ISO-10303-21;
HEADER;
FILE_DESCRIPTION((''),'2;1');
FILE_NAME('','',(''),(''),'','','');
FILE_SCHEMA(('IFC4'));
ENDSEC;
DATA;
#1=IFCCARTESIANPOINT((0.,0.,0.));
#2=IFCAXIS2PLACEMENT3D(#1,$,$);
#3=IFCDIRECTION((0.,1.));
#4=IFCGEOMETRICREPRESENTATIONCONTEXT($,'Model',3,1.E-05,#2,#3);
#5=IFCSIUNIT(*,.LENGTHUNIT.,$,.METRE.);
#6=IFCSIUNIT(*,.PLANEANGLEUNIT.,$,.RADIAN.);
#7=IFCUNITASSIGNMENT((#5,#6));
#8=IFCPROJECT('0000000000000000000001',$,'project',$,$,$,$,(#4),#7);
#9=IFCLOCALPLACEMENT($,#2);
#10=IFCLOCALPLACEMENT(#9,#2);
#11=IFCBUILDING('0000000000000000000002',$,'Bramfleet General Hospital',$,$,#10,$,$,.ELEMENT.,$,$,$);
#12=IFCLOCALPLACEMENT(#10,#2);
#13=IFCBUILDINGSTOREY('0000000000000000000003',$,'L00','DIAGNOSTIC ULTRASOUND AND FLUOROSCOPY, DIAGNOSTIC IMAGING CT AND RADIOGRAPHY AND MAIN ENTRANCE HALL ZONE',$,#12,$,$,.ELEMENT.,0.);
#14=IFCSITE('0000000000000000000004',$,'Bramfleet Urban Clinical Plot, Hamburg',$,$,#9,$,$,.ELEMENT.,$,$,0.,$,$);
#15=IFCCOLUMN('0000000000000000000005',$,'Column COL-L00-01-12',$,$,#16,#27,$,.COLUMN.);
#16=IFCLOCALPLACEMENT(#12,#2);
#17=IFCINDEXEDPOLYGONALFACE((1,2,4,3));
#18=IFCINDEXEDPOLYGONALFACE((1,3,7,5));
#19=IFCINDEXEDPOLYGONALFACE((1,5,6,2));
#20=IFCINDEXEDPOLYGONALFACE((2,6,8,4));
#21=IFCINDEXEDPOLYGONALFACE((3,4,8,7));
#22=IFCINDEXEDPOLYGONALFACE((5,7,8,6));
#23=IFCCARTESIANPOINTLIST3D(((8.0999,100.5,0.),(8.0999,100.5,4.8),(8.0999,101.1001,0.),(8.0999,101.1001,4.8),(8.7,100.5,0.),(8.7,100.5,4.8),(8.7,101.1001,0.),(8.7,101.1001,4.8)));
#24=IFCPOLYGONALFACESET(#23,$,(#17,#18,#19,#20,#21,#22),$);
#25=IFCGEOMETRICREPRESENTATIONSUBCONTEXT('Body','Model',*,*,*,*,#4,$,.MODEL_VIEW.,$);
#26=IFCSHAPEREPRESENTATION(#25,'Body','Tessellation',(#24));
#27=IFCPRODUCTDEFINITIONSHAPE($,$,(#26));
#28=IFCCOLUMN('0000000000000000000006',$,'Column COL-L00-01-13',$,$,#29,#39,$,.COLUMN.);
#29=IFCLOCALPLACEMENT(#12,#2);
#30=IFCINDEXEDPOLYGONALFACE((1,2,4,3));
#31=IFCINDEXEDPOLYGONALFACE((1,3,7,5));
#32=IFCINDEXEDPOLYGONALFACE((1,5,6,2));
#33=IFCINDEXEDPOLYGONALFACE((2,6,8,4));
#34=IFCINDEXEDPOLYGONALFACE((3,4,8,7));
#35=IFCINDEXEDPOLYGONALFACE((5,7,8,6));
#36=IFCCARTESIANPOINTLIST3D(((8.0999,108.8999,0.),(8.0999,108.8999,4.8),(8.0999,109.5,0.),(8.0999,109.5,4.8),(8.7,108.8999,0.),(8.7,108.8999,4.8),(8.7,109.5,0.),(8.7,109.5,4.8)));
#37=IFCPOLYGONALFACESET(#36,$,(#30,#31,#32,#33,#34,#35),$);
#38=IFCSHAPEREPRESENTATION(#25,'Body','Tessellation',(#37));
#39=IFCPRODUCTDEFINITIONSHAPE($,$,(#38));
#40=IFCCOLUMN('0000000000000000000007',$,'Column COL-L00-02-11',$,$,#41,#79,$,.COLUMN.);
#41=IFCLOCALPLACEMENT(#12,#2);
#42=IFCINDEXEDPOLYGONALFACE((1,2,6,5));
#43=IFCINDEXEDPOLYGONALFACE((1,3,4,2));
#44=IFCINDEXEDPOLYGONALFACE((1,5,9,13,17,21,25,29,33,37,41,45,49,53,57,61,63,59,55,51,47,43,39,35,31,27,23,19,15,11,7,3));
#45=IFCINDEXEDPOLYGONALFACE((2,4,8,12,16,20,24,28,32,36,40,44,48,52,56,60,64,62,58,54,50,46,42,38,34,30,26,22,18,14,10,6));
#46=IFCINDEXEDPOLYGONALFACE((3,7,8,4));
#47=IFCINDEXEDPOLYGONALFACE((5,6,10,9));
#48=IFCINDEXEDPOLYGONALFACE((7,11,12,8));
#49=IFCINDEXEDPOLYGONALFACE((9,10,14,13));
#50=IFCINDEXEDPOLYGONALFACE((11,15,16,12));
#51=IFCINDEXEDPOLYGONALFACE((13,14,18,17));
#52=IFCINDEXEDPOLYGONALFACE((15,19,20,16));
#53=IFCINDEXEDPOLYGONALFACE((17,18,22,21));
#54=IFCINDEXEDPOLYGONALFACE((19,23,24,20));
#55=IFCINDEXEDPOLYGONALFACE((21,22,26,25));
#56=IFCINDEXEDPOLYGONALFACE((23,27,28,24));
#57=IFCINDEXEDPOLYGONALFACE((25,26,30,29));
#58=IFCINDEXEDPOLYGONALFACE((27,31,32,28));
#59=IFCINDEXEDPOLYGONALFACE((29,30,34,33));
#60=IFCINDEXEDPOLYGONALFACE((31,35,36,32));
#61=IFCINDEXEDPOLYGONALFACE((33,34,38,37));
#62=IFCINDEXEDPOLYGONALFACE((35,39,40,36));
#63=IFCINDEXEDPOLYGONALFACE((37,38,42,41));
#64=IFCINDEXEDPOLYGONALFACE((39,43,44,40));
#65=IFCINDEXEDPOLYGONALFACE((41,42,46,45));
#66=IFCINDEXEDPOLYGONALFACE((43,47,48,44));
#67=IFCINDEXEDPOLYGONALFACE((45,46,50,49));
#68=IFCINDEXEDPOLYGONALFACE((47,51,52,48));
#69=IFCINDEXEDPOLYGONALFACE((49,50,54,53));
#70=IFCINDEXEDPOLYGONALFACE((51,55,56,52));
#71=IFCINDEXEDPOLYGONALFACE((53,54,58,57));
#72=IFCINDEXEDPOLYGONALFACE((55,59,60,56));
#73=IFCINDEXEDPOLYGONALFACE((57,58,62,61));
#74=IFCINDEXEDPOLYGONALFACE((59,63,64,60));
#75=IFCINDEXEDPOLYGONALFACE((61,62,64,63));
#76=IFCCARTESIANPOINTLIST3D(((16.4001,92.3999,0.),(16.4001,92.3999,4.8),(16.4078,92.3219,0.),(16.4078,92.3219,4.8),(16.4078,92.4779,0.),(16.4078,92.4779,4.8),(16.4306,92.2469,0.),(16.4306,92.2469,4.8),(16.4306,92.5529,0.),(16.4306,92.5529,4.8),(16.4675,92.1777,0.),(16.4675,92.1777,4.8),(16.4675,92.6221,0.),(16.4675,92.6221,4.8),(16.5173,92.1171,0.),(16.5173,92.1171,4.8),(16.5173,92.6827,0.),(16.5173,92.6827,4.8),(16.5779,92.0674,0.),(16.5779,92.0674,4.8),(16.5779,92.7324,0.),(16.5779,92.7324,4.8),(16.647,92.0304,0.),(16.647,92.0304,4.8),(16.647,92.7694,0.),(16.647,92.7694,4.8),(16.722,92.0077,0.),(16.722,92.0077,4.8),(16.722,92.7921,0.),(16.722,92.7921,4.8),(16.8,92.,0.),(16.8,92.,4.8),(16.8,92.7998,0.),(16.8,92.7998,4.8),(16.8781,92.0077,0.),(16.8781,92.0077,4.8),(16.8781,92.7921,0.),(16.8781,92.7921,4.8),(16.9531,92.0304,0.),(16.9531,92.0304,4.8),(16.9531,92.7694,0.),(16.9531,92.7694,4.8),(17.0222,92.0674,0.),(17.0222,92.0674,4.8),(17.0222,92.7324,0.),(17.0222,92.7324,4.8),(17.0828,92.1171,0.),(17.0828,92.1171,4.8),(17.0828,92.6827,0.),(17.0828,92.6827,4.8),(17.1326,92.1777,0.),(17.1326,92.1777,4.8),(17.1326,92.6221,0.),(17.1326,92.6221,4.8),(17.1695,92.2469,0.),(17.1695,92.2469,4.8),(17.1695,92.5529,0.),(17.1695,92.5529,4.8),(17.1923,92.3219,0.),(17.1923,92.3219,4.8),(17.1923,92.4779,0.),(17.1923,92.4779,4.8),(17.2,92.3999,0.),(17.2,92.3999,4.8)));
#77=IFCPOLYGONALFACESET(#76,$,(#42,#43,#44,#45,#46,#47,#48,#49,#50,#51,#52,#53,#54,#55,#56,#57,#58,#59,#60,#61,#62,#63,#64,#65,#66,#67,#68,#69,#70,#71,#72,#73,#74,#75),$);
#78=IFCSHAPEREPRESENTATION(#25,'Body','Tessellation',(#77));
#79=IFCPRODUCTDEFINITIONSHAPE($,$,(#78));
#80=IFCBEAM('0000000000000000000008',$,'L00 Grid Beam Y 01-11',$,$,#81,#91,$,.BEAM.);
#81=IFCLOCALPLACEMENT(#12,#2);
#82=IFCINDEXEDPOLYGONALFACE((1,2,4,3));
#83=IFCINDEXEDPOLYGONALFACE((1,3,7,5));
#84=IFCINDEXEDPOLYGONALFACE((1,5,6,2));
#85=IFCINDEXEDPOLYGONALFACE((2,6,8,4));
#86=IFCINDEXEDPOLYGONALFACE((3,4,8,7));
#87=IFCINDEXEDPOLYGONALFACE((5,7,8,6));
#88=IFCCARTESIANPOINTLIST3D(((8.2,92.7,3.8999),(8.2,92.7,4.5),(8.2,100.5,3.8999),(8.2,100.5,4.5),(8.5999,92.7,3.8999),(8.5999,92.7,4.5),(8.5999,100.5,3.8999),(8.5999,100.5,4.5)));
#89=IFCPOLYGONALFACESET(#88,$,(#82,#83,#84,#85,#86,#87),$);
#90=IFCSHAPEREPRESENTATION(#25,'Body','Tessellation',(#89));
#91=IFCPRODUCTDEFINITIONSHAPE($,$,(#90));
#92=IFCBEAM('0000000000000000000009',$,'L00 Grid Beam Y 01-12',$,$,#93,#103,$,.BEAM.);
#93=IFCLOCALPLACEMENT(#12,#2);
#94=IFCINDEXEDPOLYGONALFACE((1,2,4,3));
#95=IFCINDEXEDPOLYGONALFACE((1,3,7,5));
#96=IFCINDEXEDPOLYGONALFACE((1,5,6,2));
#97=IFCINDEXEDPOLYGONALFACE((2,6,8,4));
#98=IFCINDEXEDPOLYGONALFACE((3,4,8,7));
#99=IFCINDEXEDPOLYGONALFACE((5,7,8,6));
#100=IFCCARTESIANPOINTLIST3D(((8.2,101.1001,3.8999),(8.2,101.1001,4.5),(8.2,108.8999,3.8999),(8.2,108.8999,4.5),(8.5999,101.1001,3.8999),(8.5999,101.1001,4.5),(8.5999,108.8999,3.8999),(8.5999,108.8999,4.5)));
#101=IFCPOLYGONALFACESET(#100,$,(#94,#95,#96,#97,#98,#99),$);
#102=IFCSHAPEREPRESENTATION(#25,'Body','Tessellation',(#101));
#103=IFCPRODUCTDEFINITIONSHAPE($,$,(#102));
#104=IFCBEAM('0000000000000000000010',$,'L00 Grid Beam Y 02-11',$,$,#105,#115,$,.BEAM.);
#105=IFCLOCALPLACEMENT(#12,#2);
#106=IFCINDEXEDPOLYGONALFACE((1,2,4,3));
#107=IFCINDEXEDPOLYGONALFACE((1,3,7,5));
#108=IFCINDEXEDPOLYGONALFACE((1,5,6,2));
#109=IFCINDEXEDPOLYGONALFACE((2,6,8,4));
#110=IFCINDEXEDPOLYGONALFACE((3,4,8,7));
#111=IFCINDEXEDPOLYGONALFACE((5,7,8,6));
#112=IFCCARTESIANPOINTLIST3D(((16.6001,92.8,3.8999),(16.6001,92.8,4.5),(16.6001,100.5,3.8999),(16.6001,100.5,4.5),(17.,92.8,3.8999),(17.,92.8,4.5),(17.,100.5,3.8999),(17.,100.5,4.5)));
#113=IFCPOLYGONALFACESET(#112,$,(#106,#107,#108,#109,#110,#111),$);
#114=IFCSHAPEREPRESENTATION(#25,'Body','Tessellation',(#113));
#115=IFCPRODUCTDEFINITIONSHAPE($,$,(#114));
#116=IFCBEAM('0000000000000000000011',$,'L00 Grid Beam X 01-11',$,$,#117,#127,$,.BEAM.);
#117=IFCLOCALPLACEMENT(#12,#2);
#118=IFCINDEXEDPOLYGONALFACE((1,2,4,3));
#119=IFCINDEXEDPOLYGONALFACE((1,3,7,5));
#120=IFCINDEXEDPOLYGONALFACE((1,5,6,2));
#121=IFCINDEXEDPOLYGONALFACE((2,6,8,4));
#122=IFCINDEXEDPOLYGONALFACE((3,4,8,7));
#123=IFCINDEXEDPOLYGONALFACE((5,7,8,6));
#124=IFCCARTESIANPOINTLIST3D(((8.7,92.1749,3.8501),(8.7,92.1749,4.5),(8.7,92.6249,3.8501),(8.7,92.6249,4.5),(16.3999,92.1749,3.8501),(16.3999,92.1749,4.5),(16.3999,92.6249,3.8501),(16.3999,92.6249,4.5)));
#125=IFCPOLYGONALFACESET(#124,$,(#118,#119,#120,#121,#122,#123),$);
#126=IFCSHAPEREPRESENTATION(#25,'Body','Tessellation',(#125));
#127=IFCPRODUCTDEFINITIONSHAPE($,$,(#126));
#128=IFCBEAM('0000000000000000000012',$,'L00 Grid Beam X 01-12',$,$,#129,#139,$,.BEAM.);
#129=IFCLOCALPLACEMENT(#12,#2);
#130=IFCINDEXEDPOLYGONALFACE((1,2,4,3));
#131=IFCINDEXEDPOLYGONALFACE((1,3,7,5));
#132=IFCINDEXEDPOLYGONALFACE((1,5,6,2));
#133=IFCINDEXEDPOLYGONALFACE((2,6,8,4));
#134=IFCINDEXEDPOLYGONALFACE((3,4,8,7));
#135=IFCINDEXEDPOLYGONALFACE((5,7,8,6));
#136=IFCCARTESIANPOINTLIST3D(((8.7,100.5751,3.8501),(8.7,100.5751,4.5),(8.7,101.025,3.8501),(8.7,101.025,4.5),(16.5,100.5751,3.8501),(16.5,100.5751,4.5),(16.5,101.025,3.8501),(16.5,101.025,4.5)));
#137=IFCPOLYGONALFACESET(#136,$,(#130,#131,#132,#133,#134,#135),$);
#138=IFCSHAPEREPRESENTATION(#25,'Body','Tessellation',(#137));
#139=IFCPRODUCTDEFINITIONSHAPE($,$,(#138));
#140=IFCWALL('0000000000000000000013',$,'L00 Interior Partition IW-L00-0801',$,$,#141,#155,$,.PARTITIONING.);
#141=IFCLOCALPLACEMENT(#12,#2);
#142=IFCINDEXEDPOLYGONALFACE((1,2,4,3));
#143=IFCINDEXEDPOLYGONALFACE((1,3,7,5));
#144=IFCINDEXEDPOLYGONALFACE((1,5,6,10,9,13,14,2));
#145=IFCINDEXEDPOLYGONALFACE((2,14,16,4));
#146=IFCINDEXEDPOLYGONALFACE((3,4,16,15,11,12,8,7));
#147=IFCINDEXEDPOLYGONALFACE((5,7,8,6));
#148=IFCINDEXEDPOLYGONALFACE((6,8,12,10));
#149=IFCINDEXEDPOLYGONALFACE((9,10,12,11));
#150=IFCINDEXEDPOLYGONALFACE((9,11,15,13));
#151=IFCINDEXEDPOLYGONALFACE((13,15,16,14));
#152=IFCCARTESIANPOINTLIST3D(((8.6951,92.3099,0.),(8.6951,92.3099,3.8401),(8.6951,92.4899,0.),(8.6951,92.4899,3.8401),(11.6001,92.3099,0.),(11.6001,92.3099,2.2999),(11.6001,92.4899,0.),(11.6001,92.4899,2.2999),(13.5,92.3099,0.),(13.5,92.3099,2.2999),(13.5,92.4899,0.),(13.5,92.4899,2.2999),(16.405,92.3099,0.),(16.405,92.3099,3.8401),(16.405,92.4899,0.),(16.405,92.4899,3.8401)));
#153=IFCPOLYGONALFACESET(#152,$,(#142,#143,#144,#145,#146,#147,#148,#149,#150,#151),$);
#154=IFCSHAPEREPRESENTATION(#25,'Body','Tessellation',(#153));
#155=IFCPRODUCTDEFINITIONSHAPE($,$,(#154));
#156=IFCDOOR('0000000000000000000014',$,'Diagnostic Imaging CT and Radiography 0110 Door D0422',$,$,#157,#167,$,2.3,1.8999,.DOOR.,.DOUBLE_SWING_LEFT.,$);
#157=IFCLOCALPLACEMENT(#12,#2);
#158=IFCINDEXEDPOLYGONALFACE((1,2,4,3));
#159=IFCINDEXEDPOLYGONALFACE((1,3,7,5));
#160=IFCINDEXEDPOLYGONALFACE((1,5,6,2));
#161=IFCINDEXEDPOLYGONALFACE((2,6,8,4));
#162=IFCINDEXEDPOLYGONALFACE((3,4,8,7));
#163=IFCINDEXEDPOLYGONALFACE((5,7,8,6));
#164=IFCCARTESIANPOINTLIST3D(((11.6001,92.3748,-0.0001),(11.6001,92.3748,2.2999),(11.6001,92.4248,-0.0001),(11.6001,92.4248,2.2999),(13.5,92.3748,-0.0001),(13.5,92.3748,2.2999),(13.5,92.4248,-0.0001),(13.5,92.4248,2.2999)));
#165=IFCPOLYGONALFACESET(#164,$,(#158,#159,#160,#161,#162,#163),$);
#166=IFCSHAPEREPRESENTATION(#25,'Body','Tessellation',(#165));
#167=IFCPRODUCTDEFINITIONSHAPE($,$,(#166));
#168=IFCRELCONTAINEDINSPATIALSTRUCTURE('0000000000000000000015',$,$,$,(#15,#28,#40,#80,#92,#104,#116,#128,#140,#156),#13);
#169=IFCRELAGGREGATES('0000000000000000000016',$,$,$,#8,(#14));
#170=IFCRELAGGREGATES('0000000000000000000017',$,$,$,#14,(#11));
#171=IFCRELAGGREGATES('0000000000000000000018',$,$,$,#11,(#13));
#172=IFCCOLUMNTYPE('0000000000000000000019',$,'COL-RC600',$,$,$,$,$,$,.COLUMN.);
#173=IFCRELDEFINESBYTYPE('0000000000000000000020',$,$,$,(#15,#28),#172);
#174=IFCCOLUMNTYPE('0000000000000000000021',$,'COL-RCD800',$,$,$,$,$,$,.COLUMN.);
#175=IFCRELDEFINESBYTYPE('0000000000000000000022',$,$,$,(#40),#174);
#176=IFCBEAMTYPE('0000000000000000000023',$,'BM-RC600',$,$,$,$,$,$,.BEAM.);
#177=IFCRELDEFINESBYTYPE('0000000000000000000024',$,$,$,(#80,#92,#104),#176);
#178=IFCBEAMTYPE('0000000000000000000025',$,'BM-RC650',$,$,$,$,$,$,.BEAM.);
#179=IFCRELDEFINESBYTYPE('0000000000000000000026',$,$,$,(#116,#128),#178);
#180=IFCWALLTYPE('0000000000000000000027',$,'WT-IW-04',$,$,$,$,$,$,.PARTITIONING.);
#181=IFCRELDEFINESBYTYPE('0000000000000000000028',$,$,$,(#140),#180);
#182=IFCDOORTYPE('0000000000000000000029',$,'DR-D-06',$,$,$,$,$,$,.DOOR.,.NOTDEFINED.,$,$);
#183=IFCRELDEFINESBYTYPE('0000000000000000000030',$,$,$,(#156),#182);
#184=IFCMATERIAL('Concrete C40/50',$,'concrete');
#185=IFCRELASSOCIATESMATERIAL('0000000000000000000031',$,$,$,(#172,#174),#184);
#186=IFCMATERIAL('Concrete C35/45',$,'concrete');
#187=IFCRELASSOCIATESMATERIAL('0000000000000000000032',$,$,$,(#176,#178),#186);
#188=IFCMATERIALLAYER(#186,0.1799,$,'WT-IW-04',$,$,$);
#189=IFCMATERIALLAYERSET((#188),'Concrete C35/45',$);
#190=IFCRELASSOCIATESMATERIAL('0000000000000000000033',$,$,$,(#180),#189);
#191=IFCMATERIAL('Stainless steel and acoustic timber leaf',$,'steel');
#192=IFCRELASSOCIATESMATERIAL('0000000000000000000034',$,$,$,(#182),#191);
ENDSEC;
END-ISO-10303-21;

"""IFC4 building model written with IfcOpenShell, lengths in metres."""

from ifc_helpers import new_model, si_unit, direction, frame, frame_2d, origin, origin_2d, place, context, subcontext, project, spatial, rectangle, circle, extrude, material, layer, layer_set, material_profile, profile_set, type_object, element, fill, save


model = new_model("IFC4")

# Units and contexts
model_context = context("Model", 3, precision=1e-05, world=origin(), true_north=direction((0.0, 1.0)))
body_context = subcontext(model_context, "Body", "Model", "MODEL_VIEW")
ifc_project = project(units=[si_unit("LENGTHUNIT", "METRE"), si_unit("PLANEANGLEUNIT", "RADIAN")], contexts=[model_context])

# Site, building, storey
site_placement = place(None, origin())
site = spatial("IfcSite", under=ifc_project, at=site_placement, Name="Bramfleet Urban Clinical Plot, Hamburg", CompositionType="ELEMENT", RefElevation=0.0)
building_placement = place(site_placement, origin())
building = spatial("IfcBuilding", under=site, at=building_placement, Name="Bramfleet General Hospital", CompositionType="ELEMENT")
storey_placement = place(building_placement, origin())
storey = spatial("IfcBuildingStorey", under=building, at=storey_placement, Name="L00", Description="DIAGNOSTIC ULTRASOUND AND FLUOROSCOPY, DIAGNOSTIC IMAGING CT AND RADIOGRAPHY AND MAIN ENTRANCE HALL ZONE", CompositionType="ELEMENT", Elevation=0.0)

# Columns
ifc_material_1 = material(Name="Concrete C40/50", Category="concrete")
ifc_material_profile_1 = material_profile(ifc_material_1, rectangle(XDim=0.6001, YDim=0.6001, at=origin_2d()), Name="RC COL 600x600")
ifc_profile_set_1 = profile_set([ifc_material_profile_1], Name="Concrete C40/50")
column_type_1 = type_object("IfcColumnType", Name="COL-RC600", PredefinedType="COLUMN", material=ifc_profile_set_1)
for number, where, z_axis, x_axis, name in (
    (1, (8.3999, 100.8, 0.0), (0.0, 0.0, 1.0), (1.0, 0.0, 0.0), "Column COL-L00-01-12"),
    (2, (8.3999, 109.2, 0.0), (0.0, 0.0, 1.0), (1.0, 0.0, 0.0), "Column COL-L00-01-13"),
):
    element("IfcColumn", number, at=place(storey_placement, frame(where, z_axis=z_axis, x_axis=x_axis)), inside=storey, type_object=column_type_1, Name=name, PredefinedType="COLUMN", context=body_context, shape_type="SweptSolid", body=[
        extrude(rectangle(XDim=0.6001, YDim=0.6001, at=origin_2d()), origin(), (0.0, 0.0, 1.0), 4.8),
    ])
ifc_material_profile_2 = material_profile(ifc_material_1, circle(Radius=0.3999, at=origin_2d()), Name="RC ROUND D800")
ifc_profile_set_2 = profile_set([ifc_material_profile_2], Name="Concrete C40/50")
column_type_2 = type_object("IfcColumnType", Name="COL-RCD800", PredefinedType="COLUMN", material=ifc_profile_set_2)
column_placement = place(storey_placement, frame((16.8, 92.3999, 0.0), z_axis=(0.0, 0.0, 1.0), x_axis=(1.0, 0.0, 0.0)))
element("IfcColumn", 3, at=column_placement, inside=storey, type_object=column_type_2, Name="Column COL-L00-02-11", PredefinedType="COLUMN", context=body_context, shape_type="SweptSolid", body=[
    extrude(circle(Radius=0.3999, at=origin_2d()), origin(), (0.0, 0.0, 1.0), 4.8),
])

# Beams
ifc_material_2 = material(Name="Concrete C35/45", Category="concrete")
ifc_material_profile_3 = material_profile(ifc_material_2, rectangle(XDim=0.3999, YDim=0.6001, at=origin_2d()), Name="RC BM 600x400")
ifc_profile_set_3 = profile_set([ifc_material_profile_3], Name="Concrete C35/45")
beam_type_1 = type_object("IfcBeamType", Name="BM-RC600", PredefinedType="BEAM", material=ifc_profile_set_3)
beam_1_placement = place(storey_placement, frame((8.3999, 92.7, 4.2), z_axis=(0.0, 1.0, 0.0), x_axis=(-1.0, 0.0, 0.0)))
element("IfcBeam", 4, at=beam_1_placement, inside=storey, type_object=beam_type_1, Name="L00 Grid Beam Y 01-11", PredefinedType="BEAM", context=body_context, shape_type="SweptSolid", body=[
    extrude(rectangle(XDim=0.3999, YDim=0.6001, at=origin_2d()), origin(), (0.0, 0.0, 1.0), 7.8),
])
beam_2_placement = place(storey_placement, frame((8.3999, 101.1001, 4.2), z_axis=(0.0, 1.0, 0.0), x_axis=(-1.0, 0.0, 0.0)))
element("IfcBeam", 5, at=beam_2_placement, inside=storey, type_object=beam_type_1, Name="L00 Grid Beam Y 01-12", PredefinedType="BEAM", context=body_context, shape_type="SweptSolid", body=[
    extrude(rectangle(XDim=0.3999, YDim=0.6001, at=origin_2d()), origin(), (0.0, 0.0, 1.0), 7.7998),
])
beam_3_placement = place(storey_placement, frame((16.8, 92.8, 4.2), z_axis=(0.0, 1.0, 0.0), x_axis=(-1.0, 0.0, 0.0)))
element("IfcBeam", 6, at=beam_3_placement, inside=storey, type_object=beam_type_1, Name="L00 Grid Beam Y 02-11", PredefinedType="BEAM", context=body_context, shape_type="SweptSolid", body=[
    extrude(rectangle(XDim=0.3999, YDim=0.6001, at=origin_2d()), origin(), (0.0, 0.0, 1.0), 7.7),
])
ifc_material_profile_4 = material_profile(ifc_material_2, rectangle(XDim=0.45, YDim=0.6499, at=origin_2d()), Name="RC BM 650x450")
ifc_profile_set_4 = profile_set([ifc_material_profile_4], Name="Concrete C35/45")
beam_type_2 = type_object("IfcBeamType", Name="BM-RC650", PredefinedType="BEAM", material=ifc_profile_set_4)
beam_4_placement = place(storey_placement, frame((8.7, 92.3999, 4.175), z_axis=(1.0, 0.0, 0.0), x_axis=(0.0, 1.0, 0.0)))
element("IfcBeam", 7, at=beam_4_placement, inside=storey, type_object=beam_type_2, Name="L00 Grid Beam X 01-11", PredefinedType="BEAM", context=body_context, shape_type="SweptSolid", body=[
    extrude(rectangle(XDim=0.45, YDim=0.6499, at=origin_2d()), origin(), (0.0, 0.0, 1.0), 7.7),
])
beam_5_placement = place(storey_placement, frame((8.7, 100.8, 4.175), z_axis=(1.0, 0.0, 0.0), x_axis=(0.0, 1.0, 0.0)))
element("IfcBeam", 8, at=beam_5_placement, inside=storey, type_object=beam_type_2, Name="L00 Grid Beam X 01-12", PredefinedType="BEAM", context=body_context, shape_type="SweptSolid", body=[
    extrude(rectangle(XDim=0.45, YDim=0.6499, at=origin_2d()), origin(), (0.0, 0.0, 1.0), 7.8),
])

# Wall, opening, door
ifc_layer = layer(ifc_material_2, 0.1799, Name="WT-IW-04")
ifc_layer_set = layer_set([ifc_layer], Name="Concrete C35/45")
wall_type = type_object("IfcWallType", Name="WT-IW-04", PredefinedType="PARTITIONING", material=ifc_layer_set)
wall_1_placement = place(storey_placement, frame((8.6951, 92.3999, 0.0), z_axis=(0.0, 0.0, 1.0), x_axis=(1.0, 0.0, 0.0)))
wall_1 = element("IfcWall", 9, at=wall_1_placement, inside=storey, type_object=wall_type, Name="L00 Interior Partition IW-L00-0801", PredefinedType="PARTITIONING", context=body_context, shape_type="SweptSolid", body=[
    extrude(rectangle(XDim=7.71, YDim=0.1799, at=frame_2d((3.855, 0.0))), origin(), (0.0, 0.0, 1.0), 3.8401),
])
opening_1_placement = place(wall_1_placement, frame((2.905, 0.0, 0.0)))
opening_1 = element("IfcOpeningElement", 10, at=opening_1_placement, cuts=wall_1, PredefinedType="OPENING", context=body_context, shape_type="SweptSolid", body=[
    extrude(rectangle(XDim=1.8999, YDim=2.3, at=frame_2d((0.95, 1.1499))), frame((0.0, 0.0999, 0.0), z_axis=(0.0, -1.0, 0.0), x_axis=(1.0, 0.0, 0.0)), (0.0, 0.0, 1.0), 0.2),
])
ifc_material_3 = material(Name="Stainless steel and acoustic timber leaf", Category="steel")
door_type_1 = type_object("IfcDoorType", Name="DR-D-06", OperationType="NOTDEFINED", PredefinedType="DOOR", material=ifc_material_3)
door_1_placement = place(opening_1_placement, origin())
door_1 = element("IfcDoor", 11, at=door_1_placement, inside=storey, type_object=door_type_1, Name="Diagnostic Imaging CT and Radiography 0110 Door D0422", OperationType="DOUBLE_SWING_LEFT", OverallHeight=2.3, OverallWidth=1.8999, PredefinedType="DOOR", context=body_context, shape_type="SweptSolid", body=[
    extrude(rectangle(XDim=1.8999, YDim=2.3, at=frame_2d((0.95, 1.1499))), frame((0.0, 0.0249, 0.0), z_axis=(0.0, -1.0, 0.0), x_axis=(1.0, 0.0, 0.0)), (0.0, 0.0, 1.0), 0.05),
])
fill(opening_1, door_1)

save(model, "model.ifc")
